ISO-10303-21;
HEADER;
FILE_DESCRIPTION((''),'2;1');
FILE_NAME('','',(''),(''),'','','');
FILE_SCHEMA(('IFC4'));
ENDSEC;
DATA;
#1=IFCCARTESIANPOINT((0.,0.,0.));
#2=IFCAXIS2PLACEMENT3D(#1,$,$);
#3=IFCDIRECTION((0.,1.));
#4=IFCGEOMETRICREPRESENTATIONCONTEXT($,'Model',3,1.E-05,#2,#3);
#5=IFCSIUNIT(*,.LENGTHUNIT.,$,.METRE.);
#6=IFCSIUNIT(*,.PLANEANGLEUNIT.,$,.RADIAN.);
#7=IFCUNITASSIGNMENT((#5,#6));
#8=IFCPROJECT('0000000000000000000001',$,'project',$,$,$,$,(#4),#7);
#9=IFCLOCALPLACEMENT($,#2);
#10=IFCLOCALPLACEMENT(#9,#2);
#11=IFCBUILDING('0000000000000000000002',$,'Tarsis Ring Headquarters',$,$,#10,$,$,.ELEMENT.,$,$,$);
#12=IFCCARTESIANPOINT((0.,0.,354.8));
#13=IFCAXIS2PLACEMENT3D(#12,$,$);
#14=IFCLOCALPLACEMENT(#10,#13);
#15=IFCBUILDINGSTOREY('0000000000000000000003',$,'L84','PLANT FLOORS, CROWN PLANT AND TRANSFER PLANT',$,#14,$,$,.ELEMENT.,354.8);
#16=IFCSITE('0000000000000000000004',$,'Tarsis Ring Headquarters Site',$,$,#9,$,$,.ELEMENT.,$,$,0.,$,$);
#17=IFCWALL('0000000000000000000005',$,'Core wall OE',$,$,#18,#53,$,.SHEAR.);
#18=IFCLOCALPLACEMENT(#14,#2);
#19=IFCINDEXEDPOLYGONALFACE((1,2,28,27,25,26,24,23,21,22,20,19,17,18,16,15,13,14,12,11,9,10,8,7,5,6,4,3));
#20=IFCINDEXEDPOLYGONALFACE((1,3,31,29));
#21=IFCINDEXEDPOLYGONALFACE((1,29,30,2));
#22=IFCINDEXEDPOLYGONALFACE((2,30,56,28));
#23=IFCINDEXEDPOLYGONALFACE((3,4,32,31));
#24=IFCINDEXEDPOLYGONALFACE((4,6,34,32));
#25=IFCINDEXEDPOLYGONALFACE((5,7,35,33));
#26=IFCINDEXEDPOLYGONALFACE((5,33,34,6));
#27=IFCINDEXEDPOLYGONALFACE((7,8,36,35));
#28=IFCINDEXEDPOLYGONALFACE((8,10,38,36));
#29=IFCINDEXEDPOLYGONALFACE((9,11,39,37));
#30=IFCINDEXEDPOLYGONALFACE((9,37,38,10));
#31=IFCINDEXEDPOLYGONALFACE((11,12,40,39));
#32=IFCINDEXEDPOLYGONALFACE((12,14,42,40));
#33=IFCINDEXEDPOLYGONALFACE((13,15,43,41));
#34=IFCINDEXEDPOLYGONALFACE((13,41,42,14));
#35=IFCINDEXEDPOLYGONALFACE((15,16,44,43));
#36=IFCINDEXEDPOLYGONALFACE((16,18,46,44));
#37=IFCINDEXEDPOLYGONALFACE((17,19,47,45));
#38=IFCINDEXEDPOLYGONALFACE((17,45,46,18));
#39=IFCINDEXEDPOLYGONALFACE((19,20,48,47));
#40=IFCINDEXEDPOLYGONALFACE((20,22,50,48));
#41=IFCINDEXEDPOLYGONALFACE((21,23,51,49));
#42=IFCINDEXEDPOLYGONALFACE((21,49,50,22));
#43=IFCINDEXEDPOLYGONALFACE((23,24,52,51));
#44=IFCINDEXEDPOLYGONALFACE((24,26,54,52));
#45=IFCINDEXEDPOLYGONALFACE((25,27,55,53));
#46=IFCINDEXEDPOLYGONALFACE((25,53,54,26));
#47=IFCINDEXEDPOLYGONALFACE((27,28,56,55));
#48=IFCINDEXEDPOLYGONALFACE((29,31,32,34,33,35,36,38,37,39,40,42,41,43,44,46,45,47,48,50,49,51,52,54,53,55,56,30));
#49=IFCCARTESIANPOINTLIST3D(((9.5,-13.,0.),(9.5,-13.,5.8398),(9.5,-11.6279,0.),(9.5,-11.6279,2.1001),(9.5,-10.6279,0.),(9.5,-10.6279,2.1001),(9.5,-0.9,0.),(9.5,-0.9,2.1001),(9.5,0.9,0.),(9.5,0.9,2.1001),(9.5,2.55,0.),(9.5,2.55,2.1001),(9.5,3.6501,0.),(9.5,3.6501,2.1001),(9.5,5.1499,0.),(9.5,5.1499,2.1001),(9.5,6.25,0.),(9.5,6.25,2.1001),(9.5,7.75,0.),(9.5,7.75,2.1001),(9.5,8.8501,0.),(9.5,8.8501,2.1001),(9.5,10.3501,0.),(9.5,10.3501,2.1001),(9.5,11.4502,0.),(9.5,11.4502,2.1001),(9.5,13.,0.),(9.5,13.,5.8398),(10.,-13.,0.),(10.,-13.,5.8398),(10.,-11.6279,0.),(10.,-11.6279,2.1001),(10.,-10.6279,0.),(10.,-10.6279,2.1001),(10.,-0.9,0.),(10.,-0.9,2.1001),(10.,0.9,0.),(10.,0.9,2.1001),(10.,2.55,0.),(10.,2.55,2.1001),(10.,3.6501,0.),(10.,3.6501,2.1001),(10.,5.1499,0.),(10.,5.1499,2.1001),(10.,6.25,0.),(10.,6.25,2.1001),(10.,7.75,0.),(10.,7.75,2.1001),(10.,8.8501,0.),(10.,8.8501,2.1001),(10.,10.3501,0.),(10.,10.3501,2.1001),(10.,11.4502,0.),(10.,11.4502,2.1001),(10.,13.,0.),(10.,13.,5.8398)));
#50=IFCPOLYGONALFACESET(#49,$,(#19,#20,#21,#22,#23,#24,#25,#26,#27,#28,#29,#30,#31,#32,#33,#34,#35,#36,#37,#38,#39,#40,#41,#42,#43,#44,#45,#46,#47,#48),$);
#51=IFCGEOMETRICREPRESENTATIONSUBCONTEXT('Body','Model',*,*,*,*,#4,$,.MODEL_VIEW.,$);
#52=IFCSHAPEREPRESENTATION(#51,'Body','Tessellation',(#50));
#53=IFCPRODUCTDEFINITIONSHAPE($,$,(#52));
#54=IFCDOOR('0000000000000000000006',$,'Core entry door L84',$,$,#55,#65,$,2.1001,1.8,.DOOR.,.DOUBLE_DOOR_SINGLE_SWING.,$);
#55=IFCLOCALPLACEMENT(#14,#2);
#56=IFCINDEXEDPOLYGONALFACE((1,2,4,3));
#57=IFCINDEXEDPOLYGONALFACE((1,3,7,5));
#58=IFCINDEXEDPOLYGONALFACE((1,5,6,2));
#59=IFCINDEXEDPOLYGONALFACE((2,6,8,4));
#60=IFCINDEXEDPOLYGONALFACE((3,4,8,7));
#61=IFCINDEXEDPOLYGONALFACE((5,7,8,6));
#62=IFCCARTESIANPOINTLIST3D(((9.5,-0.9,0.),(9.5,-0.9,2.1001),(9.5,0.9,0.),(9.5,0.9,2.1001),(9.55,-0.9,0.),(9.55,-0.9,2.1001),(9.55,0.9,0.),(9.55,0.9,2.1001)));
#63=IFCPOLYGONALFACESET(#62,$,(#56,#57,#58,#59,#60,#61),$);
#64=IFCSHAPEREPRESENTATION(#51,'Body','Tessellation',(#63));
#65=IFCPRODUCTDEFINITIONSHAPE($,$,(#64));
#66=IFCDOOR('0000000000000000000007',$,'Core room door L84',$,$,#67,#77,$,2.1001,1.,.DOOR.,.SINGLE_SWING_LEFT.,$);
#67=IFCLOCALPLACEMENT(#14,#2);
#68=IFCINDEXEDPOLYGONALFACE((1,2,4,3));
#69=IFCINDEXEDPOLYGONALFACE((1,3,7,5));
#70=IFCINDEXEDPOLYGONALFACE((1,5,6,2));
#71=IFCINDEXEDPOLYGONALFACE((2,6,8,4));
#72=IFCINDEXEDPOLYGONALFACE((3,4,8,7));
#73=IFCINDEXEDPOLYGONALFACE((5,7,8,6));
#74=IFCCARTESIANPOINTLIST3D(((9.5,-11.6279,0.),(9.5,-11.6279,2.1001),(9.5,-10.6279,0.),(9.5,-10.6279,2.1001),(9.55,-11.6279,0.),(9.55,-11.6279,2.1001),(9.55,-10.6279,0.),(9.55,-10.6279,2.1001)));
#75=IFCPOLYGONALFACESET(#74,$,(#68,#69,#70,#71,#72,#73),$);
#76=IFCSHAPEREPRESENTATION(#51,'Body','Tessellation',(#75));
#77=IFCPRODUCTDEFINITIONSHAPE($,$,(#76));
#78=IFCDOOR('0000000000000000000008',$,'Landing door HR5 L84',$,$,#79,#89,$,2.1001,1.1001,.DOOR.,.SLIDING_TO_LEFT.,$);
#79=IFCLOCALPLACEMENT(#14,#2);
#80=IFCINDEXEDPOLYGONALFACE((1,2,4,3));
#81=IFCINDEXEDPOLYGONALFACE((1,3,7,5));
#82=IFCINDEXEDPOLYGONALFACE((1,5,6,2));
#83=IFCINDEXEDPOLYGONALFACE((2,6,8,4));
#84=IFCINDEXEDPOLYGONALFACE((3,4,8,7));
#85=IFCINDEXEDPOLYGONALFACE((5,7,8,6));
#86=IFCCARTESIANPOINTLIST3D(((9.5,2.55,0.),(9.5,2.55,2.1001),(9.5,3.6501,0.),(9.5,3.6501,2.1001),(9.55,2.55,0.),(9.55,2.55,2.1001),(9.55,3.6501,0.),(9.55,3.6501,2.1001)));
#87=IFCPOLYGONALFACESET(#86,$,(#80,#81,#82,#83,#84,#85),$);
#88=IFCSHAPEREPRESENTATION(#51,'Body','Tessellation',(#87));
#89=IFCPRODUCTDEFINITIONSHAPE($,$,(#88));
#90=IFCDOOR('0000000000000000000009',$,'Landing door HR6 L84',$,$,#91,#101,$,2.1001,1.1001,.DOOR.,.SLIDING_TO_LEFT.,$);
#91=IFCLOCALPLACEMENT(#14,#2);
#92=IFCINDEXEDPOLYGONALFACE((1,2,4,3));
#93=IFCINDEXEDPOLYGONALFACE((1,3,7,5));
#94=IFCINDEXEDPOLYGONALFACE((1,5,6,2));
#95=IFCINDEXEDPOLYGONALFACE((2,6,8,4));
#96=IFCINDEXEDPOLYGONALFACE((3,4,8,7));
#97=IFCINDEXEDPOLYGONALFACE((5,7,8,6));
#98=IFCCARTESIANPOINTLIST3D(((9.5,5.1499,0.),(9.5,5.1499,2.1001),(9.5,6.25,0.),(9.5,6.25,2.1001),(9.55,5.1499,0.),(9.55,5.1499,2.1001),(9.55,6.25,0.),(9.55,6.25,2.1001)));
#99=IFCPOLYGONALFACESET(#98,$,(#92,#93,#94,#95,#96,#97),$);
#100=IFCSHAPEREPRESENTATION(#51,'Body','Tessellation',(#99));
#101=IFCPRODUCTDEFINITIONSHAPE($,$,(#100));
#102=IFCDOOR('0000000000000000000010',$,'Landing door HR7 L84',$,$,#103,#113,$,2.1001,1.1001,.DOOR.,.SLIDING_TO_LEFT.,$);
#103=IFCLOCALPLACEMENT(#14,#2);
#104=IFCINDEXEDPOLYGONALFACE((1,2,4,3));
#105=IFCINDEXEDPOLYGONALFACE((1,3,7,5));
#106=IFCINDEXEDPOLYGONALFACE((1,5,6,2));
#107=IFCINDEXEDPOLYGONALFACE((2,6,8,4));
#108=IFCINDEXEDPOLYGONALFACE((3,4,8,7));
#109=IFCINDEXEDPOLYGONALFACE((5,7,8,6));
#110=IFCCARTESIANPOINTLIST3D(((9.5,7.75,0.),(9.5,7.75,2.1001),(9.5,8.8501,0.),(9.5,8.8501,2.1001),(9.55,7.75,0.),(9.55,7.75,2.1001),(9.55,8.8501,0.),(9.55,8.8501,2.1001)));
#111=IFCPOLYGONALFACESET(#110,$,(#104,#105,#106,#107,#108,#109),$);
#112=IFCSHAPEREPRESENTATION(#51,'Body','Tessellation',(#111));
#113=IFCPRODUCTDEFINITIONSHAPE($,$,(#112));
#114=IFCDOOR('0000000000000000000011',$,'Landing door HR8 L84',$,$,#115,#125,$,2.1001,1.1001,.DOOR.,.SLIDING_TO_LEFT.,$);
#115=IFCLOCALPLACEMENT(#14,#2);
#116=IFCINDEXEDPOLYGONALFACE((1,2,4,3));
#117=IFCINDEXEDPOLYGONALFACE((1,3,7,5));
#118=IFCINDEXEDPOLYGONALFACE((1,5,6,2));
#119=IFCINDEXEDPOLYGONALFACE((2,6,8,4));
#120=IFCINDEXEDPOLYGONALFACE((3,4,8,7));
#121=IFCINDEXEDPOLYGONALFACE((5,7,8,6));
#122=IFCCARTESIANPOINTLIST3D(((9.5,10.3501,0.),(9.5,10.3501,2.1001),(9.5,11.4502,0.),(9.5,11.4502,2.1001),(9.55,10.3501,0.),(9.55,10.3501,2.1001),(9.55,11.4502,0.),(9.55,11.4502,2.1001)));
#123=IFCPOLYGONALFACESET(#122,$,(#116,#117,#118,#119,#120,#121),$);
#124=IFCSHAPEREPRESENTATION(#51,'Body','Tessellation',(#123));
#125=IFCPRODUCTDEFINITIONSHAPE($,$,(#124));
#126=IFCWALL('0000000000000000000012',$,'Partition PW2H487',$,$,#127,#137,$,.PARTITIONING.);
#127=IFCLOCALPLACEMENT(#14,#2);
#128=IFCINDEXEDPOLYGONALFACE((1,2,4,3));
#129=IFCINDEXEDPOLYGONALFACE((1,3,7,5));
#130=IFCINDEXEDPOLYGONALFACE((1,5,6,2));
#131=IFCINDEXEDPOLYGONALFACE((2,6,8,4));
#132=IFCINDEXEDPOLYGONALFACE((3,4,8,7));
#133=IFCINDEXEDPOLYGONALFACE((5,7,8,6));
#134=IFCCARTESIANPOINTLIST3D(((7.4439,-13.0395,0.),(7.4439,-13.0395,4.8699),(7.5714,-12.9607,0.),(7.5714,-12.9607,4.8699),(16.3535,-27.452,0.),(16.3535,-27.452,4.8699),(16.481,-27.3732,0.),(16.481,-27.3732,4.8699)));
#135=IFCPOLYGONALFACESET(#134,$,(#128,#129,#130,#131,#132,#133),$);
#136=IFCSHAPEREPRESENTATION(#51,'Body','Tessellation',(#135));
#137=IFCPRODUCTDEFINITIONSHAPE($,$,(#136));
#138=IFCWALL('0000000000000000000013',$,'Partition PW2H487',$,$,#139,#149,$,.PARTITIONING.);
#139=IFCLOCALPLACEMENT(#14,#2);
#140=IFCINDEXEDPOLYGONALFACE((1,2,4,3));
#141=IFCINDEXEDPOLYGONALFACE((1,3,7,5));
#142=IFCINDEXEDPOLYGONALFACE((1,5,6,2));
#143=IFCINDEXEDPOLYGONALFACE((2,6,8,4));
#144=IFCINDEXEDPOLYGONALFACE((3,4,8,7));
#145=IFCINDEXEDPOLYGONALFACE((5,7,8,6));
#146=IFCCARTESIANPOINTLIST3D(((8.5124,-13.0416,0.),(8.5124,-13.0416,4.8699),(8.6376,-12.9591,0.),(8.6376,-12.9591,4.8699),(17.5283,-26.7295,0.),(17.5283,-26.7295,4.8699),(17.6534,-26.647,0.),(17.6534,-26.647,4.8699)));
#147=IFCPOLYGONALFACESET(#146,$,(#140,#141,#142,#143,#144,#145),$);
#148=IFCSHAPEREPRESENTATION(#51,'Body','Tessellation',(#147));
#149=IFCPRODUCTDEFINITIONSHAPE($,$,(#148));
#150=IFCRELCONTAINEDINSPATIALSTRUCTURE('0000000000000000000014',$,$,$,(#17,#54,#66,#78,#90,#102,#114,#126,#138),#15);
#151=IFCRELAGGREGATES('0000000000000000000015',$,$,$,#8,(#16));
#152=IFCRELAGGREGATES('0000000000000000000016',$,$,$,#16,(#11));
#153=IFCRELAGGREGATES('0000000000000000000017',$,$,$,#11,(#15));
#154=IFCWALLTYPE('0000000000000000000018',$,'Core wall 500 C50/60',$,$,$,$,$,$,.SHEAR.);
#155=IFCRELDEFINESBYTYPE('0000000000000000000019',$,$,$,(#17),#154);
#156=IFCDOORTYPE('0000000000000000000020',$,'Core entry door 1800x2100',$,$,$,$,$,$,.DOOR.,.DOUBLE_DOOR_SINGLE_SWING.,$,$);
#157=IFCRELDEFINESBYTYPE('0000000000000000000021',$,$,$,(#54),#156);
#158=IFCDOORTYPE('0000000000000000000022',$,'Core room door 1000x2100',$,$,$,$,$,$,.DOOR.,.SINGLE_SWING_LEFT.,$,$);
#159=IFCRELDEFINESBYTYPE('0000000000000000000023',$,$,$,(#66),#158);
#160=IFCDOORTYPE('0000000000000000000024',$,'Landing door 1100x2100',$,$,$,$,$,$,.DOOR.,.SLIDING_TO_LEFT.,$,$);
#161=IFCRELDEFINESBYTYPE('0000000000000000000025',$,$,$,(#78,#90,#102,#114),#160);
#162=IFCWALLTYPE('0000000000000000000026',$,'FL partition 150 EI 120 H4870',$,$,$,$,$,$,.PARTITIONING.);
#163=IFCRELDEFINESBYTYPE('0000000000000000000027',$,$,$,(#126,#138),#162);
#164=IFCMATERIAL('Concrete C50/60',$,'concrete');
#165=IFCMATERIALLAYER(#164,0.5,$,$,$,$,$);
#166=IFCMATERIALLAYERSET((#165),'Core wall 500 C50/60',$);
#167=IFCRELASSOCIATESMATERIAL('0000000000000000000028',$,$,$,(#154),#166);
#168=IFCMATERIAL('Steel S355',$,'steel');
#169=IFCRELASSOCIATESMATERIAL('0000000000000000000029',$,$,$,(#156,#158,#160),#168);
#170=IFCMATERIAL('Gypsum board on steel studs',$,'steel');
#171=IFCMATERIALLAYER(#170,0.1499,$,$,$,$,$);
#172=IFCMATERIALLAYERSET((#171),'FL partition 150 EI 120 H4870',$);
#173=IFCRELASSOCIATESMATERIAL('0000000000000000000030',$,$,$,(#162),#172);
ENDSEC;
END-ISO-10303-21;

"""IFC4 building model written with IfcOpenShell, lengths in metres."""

from ifc_helpers import new_model, si_unit, direction, frame, frame_2d, origin, place, context, subcontext, project, spatial, rectangle, extrude, material, layer, layer_set, type_object, element, fill, save


model = new_model("IFC4")

# Units and contexts
model_context = context("Model", 3, precision=1e-05, world=origin(), true_north=direction((0.0, 1.0)))
body_context = subcontext(model_context, "Body", "Model", "MODEL_VIEW")
ifc_project = project(units=[si_unit("LENGTHUNIT", "METRE"), si_unit("PLANEANGLEUNIT", "RADIAN")], contexts=[model_context])

# Site, building, storey
site_placement = place(None, origin())
site = spatial("IfcSite", under=ifc_project, at=site_placement, Name="Tarsis Ring Headquarters Site", CompositionType="ELEMENT", RefElevation=0.0)
building_placement = place(site_placement, origin())
building = spatial("IfcBuilding", under=site, at=building_placement, Name="Tarsis Ring Headquarters", CompositionType="ELEMENT")
storey_placement = place(building_placement, frame((0.0, 0.0, 354.8)))
storey = spatial("IfcBuildingStorey", under=building, at=storey_placement, Name="L84", Description="PLANT FLOORS, CROWN PLANT AND TRANSFER PLANT", CompositionType="ELEMENT", Elevation=354.8)

# Wall, openings, doors
ifc_material_1 = material(Name="Concrete C50/60", Category="concrete")
ifc_layer_1 = layer(ifc_material_1, 0.5)
ifc_layer_set_1 = layer_set([ifc_layer_1], Name="Core wall 500 C50/60")
wall_type_1 = type_object("IfcWallType", Name="Core wall 500 C50/60", PredefinedType="SHEAR", material=ifc_layer_set_1)
wall_1_placement = place(storey_placement, frame((9.75, -13.0, 0.0), z_axis=(0.0, 0.0, 1.0), x_axis=(0.0, 1.0, 0.0)))
wall_1 = element("IfcWall", 1, at=wall_1_placement, inside=storey, type_object=wall_type_1, Name="Core wall OE", PredefinedType="SHEAR", context=body_context, shape_type="SweptSolid", body=[
    extrude(rectangle(XDim=26.0, YDim=0.5, at=frame_2d((13.0, 0.0))), origin(), (0.0, 0.0, 1.0), 5.8398),
])
opening_1_placement = place(wall_1_placement, frame((1.3721, 0.0, 0.0)))
opening_1 = element("IfcOpeningElement", 2, at=opening_1_placement, cuts=wall_1, PredefinedType="OPENING", context=body_context, shape_type="SweptSolid", body=[
    extrude(rectangle(XDim=1.0, YDim=2.1001, at=frame_2d((0.5, 1.05))), frame((0.0, 0.26, 0.0), z_axis=(0.0, -1.0, 0.0), x_axis=(1.0, 0.0, 0.0)), (0.0, 0.0, 1.0), 0.52),
])
opening_2_placement = place(wall_1_placement, frame((12.1001, 0.0, 0.0)))
opening_2 = element("IfcOpeningElement", 3, at=opening_2_placement, cuts=wall_1, PredefinedType="OPENING", context=body_context, shape_type="SweptSolid", body=[
    extrude(rectangle(XDim=1.8, YDim=2.1001, at=frame_2d((0.8999, 1.05))), frame((0.0, 0.26, 0.0), z_axis=(0.0, -1.0, 0.0), x_axis=(1.0, 0.0, 0.0)), (0.0, 0.0, 1.0), 0.52),
])
opening_3_placement = place(wall_1_placement, frame((15.55, 0.0, 0.0)))
opening_3 = element("IfcOpeningElement", 4, at=opening_3_placement, cuts=wall_1, PredefinedType="OPENING", context=body_context, shape_type="SweptSolid", body=[
    extrude(rectangle(XDim=1.1001, YDim=2.1001, at=frame_2d((0.55, 1.05))), frame((0.0, 0.26, 0.0), z_axis=(0.0, -1.0, 0.0), x_axis=(1.0, 0.0, 0.0)), (0.0, 0.0, 1.0), 0.52),
])
opening_4_placement = place(wall_1_placement, frame((18.1499, 0.0, 0.0)))
opening_4 = element("IfcOpeningElement", 5, at=opening_4_placement, cuts=wall_1, PredefinedType="OPENING", context=body_context, shape_type="SweptSolid", body=[
    extrude(rectangle(XDim=1.1001, YDim=2.1001, at=frame_2d((0.55, 1.05))), frame((0.0, 0.26, 0.0), z_axis=(0.0, -1.0, 0.0), x_axis=(1.0, 0.0, 0.0)), (0.0, 0.0, 1.0), 0.52),
])
opening_5_placement = place(wall_1_placement, frame((20.75, 0.0, 0.0)))
opening_5 = element("IfcOpeningElement", 6, at=opening_5_placement, cuts=wall_1, PredefinedType="OPENING", context=body_context, shape_type="SweptSolid", body=[
    extrude(rectangle(XDim=1.1001, YDim=2.1001, at=frame_2d((0.55, 1.05))), frame((0.0, 0.26, 0.0), z_axis=(0.0, -1.0, 0.0), x_axis=(1.0, 0.0, 0.0)), (0.0, 0.0, 1.0), 0.52),
])
opening_6_placement = place(wall_1_placement, frame((23.3501, 0.0, 0.0)))
opening_6 = element("IfcOpeningElement", 7, at=opening_6_placement, cuts=wall_1, PredefinedType="OPENING", context=body_context, shape_type="SweptSolid", body=[
    extrude(rectangle(XDim=1.1001, YDim=2.1001, at=frame_2d((0.55, 1.05))), frame((0.0, 0.26, 0.0), z_axis=(0.0, -1.0, 0.0), x_axis=(1.0, 0.0, 0.0)), (0.0, 0.0, 1.0), 0.52),
])
ifc_material_2 = material(Name="Steel S355", Category="steel")
door_type_1 = type_object("IfcDoorType", Name="Core entry door 1800x2100", OperationType="DOUBLE_DOOR_SINGLE_SWING", PredefinedType="DOOR", material=ifc_material_2)
door_1_placement = place(opening_2_placement, origin())
door_1 = element("IfcDoor", 8, at=door_1_placement, inside=storey, type_object=door_type_1, Name="Core entry door L84", OperationType="DOUBLE_DOOR_SINGLE_SWING", OverallHeight=2.1001, OverallWidth=1.8, PredefinedType="DOOR", context=body_context, shape_type="SweptSolid", body=[
    extrude(rectangle(XDim=1.8, YDim=2.1001, at=frame_2d((0.8999, 1.05))), frame((0.0, 0.25, 0.0), z_axis=(0.0, -1.0, 0.0), x_axis=(1.0, 0.0, 0.0)), (0.0, 0.0, 1.0), 0.05),
])
fill(opening_2, door_1)
door_type_2 = type_object("IfcDoorType", Name="Core room door 1000x2100", OperationType="SINGLE_SWING_LEFT", PredefinedType="DOOR", material=ifc_material_2)
door_2_placement = place(opening_1_placement, origin())
door_2 = element("IfcDoor", 9, at=door_2_placement, inside=storey, type_object=door_type_2, Name="Core room door L84", OperationType="SINGLE_SWING_LEFT", OverallHeight=2.1001, OverallWidth=1.0, PredefinedType="DOOR", context=body_context, shape_type="SweptSolid", body=[
    extrude(rectangle(XDim=1.0, YDim=2.1001, at=frame_2d((0.5, 1.05))), frame((0.0, 0.25, 0.0), z_axis=(0.0, -1.0, 0.0), x_axis=(1.0, 0.0, 0.0)), (0.0, 0.0, 1.0), 0.05),
])
fill(opening_1, door_2)
door_type_3 = type_object("IfcDoorType", Name="Landing door 1100x2100", OperationType="SLIDING_TO_LEFT", PredefinedType="DOOR", material=ifc_material_2)
door_3_placement = place(opening_3_placement, origin())
door_3 = element("IfcDoor", 10, at=door_3_placement, inside=storey, type_object=door_type_3, Name="Landing door HR5 L84", OperationType="SLIDING_TO_LEFT", OverallHeight=2.1001, OverallWidth=1.1001, PredefinedType="DOOR", context=body_context, shape_type="SweptSolid", body=[
    extrude(rectangle(XDim=1.1001, YDim=2.1001, at=frame_2d((0.55, 1.05))), frame((0.0, 0.25, 0.0), z_axis=(0.0, -1.0, 0.0), x_axis=(1.0, 0.0, 0.0)), (0.0, 0.0, 1.0), 0.05),
])
fill(opening_3, door_3)
door_4_placement = place(opening_4_placement, origin())
door_4 = element("IfcDoor", 11, at=door_4_placement, inside=storey, type_object=door_type_3, Name="Landing door HR6 L84", OperationType="SLIDING_TO_LEFT", OverallHeight=2.1001, OverallWidth=1.1001, PredefinedType="DOOR", context=body_context, shape_type="SweptSolid", body=[
    extrude(rectangle(XDim=1.1001, YDim=2.1001, at=frame_2d((0.55, 1.05))), frame((0.0, 0.25, 0.0), z_axis=(0.0, -1.0, 0.0), x_axis=(1.0, 0.0, 0.0)), (0.0, 0.0, 1.0), 0.05),
])
fill(opening_4, door_4)
door_5_placement = place(opening_5_placement, origin())
door_5 = element("IfcDoor", 12, at=door_5_placement, inside=storey, type_object=door_type_3, Name="Landing door HR7 L84", OperationType="SLIDING_TO_LEFT", OverallHeight=2.1001, OverallWidth=1.1001, PredefinedType="DOOR", context=body_context, shape_type="SweptSolid", body=[
    extrude(rectangle(XDim=1.1001, YDim=2.1001, at=frame_2d((0.55, 1.05))), frame((0.0, 0.25, 0.0), z_axis=(0.0, -1.0, 0.0), x_axis=(1.0, 0.0, 0.0)), (0.0, 0.0, 1.0), 0.05),
])
fill(opening_5, door_5)
door_6_placement = place(opening_6_placement, origin())
door_6 = element("IfcDoor", 13, at=door_6_placement, inside=storey, type_object=door_type_3, Name="Landing door HR8 L84", OperationType="SLIDING_TO_LEFT", OverallHeight=2.1001, OverallWidth=1.1001, PredefinedType="DOOR", context=body_context, shape_type="SweptSolid", body=[
    extrude(rectangle(XDim=1.1001, YDim=2.1001, at=frame_2d((0.55, 1.05))), frame((0.0, 0.25, 0.0), z_axis=(0.0, -1.0, 0.0), x_axis=(1.0, 0.0, 0.0)), (0.0, 0.0, 1.0), 0.05),
])
fill(opening_6, door_6)

# Walls
ifc_material_3 = material(Name="Gypsum board on steel studs", Category="steel")
ifc_layer_2 = layer(ifc_material_3, 0.1499)
ifc_layer_set_2 = layer_set([ifc_layer_2], Name="FL partition 150 EI 120 H4870")
wall_type_2 = type_object("IfcWallType", Name="FL partition 150 EI 120 H4870", PredefinedType="PARTITIONING", material=ifc_layer_set_2)
wall_2_placement = place(storey_placement, frame((7.5076, -13.0, 0.0), z_axis=(0.0, 0.0, 1.0), x_axis=(0.525825, -0.850593, 0.0)))
element("IfcWall", 14, at=wall_2_placement, inside=storey, type_object=wall_type_2, Name="Partition PW2H487", PredefinedType="PARTITIONING", context=body_context, shape_type="SweptSolid", body=[
    extrude(rectangle(XDim=16.9441, YDim=0.1499, at=frame_2d((8.4722, 0.0))), origin(), (0.0, 0.0, 1.0), 4.8699),
])
wall_3_placement = place(storey_placement, frame((8.575, -13.0002, 0.0), z_axis=(0.0, 0.0, 1.0), x_axis=(0.550068, -0.83512, 0.0)))
element("IfcWall", 15, at=wall_3_placement, inside=storey, type_object=wall_type_2, Name="Partition PW2H487", PredefinedType="PARTITIONING", context=body_context, shape_type="SweptSolid", body=[
    extrude(rectangle(XDim=16.3904, YDim=0.1499, at=frame_2d((8.1953, 0.0))), origin(), (0.0, 0.0, 1.0), 4.8699),
])

save(model, "model.ifc")
